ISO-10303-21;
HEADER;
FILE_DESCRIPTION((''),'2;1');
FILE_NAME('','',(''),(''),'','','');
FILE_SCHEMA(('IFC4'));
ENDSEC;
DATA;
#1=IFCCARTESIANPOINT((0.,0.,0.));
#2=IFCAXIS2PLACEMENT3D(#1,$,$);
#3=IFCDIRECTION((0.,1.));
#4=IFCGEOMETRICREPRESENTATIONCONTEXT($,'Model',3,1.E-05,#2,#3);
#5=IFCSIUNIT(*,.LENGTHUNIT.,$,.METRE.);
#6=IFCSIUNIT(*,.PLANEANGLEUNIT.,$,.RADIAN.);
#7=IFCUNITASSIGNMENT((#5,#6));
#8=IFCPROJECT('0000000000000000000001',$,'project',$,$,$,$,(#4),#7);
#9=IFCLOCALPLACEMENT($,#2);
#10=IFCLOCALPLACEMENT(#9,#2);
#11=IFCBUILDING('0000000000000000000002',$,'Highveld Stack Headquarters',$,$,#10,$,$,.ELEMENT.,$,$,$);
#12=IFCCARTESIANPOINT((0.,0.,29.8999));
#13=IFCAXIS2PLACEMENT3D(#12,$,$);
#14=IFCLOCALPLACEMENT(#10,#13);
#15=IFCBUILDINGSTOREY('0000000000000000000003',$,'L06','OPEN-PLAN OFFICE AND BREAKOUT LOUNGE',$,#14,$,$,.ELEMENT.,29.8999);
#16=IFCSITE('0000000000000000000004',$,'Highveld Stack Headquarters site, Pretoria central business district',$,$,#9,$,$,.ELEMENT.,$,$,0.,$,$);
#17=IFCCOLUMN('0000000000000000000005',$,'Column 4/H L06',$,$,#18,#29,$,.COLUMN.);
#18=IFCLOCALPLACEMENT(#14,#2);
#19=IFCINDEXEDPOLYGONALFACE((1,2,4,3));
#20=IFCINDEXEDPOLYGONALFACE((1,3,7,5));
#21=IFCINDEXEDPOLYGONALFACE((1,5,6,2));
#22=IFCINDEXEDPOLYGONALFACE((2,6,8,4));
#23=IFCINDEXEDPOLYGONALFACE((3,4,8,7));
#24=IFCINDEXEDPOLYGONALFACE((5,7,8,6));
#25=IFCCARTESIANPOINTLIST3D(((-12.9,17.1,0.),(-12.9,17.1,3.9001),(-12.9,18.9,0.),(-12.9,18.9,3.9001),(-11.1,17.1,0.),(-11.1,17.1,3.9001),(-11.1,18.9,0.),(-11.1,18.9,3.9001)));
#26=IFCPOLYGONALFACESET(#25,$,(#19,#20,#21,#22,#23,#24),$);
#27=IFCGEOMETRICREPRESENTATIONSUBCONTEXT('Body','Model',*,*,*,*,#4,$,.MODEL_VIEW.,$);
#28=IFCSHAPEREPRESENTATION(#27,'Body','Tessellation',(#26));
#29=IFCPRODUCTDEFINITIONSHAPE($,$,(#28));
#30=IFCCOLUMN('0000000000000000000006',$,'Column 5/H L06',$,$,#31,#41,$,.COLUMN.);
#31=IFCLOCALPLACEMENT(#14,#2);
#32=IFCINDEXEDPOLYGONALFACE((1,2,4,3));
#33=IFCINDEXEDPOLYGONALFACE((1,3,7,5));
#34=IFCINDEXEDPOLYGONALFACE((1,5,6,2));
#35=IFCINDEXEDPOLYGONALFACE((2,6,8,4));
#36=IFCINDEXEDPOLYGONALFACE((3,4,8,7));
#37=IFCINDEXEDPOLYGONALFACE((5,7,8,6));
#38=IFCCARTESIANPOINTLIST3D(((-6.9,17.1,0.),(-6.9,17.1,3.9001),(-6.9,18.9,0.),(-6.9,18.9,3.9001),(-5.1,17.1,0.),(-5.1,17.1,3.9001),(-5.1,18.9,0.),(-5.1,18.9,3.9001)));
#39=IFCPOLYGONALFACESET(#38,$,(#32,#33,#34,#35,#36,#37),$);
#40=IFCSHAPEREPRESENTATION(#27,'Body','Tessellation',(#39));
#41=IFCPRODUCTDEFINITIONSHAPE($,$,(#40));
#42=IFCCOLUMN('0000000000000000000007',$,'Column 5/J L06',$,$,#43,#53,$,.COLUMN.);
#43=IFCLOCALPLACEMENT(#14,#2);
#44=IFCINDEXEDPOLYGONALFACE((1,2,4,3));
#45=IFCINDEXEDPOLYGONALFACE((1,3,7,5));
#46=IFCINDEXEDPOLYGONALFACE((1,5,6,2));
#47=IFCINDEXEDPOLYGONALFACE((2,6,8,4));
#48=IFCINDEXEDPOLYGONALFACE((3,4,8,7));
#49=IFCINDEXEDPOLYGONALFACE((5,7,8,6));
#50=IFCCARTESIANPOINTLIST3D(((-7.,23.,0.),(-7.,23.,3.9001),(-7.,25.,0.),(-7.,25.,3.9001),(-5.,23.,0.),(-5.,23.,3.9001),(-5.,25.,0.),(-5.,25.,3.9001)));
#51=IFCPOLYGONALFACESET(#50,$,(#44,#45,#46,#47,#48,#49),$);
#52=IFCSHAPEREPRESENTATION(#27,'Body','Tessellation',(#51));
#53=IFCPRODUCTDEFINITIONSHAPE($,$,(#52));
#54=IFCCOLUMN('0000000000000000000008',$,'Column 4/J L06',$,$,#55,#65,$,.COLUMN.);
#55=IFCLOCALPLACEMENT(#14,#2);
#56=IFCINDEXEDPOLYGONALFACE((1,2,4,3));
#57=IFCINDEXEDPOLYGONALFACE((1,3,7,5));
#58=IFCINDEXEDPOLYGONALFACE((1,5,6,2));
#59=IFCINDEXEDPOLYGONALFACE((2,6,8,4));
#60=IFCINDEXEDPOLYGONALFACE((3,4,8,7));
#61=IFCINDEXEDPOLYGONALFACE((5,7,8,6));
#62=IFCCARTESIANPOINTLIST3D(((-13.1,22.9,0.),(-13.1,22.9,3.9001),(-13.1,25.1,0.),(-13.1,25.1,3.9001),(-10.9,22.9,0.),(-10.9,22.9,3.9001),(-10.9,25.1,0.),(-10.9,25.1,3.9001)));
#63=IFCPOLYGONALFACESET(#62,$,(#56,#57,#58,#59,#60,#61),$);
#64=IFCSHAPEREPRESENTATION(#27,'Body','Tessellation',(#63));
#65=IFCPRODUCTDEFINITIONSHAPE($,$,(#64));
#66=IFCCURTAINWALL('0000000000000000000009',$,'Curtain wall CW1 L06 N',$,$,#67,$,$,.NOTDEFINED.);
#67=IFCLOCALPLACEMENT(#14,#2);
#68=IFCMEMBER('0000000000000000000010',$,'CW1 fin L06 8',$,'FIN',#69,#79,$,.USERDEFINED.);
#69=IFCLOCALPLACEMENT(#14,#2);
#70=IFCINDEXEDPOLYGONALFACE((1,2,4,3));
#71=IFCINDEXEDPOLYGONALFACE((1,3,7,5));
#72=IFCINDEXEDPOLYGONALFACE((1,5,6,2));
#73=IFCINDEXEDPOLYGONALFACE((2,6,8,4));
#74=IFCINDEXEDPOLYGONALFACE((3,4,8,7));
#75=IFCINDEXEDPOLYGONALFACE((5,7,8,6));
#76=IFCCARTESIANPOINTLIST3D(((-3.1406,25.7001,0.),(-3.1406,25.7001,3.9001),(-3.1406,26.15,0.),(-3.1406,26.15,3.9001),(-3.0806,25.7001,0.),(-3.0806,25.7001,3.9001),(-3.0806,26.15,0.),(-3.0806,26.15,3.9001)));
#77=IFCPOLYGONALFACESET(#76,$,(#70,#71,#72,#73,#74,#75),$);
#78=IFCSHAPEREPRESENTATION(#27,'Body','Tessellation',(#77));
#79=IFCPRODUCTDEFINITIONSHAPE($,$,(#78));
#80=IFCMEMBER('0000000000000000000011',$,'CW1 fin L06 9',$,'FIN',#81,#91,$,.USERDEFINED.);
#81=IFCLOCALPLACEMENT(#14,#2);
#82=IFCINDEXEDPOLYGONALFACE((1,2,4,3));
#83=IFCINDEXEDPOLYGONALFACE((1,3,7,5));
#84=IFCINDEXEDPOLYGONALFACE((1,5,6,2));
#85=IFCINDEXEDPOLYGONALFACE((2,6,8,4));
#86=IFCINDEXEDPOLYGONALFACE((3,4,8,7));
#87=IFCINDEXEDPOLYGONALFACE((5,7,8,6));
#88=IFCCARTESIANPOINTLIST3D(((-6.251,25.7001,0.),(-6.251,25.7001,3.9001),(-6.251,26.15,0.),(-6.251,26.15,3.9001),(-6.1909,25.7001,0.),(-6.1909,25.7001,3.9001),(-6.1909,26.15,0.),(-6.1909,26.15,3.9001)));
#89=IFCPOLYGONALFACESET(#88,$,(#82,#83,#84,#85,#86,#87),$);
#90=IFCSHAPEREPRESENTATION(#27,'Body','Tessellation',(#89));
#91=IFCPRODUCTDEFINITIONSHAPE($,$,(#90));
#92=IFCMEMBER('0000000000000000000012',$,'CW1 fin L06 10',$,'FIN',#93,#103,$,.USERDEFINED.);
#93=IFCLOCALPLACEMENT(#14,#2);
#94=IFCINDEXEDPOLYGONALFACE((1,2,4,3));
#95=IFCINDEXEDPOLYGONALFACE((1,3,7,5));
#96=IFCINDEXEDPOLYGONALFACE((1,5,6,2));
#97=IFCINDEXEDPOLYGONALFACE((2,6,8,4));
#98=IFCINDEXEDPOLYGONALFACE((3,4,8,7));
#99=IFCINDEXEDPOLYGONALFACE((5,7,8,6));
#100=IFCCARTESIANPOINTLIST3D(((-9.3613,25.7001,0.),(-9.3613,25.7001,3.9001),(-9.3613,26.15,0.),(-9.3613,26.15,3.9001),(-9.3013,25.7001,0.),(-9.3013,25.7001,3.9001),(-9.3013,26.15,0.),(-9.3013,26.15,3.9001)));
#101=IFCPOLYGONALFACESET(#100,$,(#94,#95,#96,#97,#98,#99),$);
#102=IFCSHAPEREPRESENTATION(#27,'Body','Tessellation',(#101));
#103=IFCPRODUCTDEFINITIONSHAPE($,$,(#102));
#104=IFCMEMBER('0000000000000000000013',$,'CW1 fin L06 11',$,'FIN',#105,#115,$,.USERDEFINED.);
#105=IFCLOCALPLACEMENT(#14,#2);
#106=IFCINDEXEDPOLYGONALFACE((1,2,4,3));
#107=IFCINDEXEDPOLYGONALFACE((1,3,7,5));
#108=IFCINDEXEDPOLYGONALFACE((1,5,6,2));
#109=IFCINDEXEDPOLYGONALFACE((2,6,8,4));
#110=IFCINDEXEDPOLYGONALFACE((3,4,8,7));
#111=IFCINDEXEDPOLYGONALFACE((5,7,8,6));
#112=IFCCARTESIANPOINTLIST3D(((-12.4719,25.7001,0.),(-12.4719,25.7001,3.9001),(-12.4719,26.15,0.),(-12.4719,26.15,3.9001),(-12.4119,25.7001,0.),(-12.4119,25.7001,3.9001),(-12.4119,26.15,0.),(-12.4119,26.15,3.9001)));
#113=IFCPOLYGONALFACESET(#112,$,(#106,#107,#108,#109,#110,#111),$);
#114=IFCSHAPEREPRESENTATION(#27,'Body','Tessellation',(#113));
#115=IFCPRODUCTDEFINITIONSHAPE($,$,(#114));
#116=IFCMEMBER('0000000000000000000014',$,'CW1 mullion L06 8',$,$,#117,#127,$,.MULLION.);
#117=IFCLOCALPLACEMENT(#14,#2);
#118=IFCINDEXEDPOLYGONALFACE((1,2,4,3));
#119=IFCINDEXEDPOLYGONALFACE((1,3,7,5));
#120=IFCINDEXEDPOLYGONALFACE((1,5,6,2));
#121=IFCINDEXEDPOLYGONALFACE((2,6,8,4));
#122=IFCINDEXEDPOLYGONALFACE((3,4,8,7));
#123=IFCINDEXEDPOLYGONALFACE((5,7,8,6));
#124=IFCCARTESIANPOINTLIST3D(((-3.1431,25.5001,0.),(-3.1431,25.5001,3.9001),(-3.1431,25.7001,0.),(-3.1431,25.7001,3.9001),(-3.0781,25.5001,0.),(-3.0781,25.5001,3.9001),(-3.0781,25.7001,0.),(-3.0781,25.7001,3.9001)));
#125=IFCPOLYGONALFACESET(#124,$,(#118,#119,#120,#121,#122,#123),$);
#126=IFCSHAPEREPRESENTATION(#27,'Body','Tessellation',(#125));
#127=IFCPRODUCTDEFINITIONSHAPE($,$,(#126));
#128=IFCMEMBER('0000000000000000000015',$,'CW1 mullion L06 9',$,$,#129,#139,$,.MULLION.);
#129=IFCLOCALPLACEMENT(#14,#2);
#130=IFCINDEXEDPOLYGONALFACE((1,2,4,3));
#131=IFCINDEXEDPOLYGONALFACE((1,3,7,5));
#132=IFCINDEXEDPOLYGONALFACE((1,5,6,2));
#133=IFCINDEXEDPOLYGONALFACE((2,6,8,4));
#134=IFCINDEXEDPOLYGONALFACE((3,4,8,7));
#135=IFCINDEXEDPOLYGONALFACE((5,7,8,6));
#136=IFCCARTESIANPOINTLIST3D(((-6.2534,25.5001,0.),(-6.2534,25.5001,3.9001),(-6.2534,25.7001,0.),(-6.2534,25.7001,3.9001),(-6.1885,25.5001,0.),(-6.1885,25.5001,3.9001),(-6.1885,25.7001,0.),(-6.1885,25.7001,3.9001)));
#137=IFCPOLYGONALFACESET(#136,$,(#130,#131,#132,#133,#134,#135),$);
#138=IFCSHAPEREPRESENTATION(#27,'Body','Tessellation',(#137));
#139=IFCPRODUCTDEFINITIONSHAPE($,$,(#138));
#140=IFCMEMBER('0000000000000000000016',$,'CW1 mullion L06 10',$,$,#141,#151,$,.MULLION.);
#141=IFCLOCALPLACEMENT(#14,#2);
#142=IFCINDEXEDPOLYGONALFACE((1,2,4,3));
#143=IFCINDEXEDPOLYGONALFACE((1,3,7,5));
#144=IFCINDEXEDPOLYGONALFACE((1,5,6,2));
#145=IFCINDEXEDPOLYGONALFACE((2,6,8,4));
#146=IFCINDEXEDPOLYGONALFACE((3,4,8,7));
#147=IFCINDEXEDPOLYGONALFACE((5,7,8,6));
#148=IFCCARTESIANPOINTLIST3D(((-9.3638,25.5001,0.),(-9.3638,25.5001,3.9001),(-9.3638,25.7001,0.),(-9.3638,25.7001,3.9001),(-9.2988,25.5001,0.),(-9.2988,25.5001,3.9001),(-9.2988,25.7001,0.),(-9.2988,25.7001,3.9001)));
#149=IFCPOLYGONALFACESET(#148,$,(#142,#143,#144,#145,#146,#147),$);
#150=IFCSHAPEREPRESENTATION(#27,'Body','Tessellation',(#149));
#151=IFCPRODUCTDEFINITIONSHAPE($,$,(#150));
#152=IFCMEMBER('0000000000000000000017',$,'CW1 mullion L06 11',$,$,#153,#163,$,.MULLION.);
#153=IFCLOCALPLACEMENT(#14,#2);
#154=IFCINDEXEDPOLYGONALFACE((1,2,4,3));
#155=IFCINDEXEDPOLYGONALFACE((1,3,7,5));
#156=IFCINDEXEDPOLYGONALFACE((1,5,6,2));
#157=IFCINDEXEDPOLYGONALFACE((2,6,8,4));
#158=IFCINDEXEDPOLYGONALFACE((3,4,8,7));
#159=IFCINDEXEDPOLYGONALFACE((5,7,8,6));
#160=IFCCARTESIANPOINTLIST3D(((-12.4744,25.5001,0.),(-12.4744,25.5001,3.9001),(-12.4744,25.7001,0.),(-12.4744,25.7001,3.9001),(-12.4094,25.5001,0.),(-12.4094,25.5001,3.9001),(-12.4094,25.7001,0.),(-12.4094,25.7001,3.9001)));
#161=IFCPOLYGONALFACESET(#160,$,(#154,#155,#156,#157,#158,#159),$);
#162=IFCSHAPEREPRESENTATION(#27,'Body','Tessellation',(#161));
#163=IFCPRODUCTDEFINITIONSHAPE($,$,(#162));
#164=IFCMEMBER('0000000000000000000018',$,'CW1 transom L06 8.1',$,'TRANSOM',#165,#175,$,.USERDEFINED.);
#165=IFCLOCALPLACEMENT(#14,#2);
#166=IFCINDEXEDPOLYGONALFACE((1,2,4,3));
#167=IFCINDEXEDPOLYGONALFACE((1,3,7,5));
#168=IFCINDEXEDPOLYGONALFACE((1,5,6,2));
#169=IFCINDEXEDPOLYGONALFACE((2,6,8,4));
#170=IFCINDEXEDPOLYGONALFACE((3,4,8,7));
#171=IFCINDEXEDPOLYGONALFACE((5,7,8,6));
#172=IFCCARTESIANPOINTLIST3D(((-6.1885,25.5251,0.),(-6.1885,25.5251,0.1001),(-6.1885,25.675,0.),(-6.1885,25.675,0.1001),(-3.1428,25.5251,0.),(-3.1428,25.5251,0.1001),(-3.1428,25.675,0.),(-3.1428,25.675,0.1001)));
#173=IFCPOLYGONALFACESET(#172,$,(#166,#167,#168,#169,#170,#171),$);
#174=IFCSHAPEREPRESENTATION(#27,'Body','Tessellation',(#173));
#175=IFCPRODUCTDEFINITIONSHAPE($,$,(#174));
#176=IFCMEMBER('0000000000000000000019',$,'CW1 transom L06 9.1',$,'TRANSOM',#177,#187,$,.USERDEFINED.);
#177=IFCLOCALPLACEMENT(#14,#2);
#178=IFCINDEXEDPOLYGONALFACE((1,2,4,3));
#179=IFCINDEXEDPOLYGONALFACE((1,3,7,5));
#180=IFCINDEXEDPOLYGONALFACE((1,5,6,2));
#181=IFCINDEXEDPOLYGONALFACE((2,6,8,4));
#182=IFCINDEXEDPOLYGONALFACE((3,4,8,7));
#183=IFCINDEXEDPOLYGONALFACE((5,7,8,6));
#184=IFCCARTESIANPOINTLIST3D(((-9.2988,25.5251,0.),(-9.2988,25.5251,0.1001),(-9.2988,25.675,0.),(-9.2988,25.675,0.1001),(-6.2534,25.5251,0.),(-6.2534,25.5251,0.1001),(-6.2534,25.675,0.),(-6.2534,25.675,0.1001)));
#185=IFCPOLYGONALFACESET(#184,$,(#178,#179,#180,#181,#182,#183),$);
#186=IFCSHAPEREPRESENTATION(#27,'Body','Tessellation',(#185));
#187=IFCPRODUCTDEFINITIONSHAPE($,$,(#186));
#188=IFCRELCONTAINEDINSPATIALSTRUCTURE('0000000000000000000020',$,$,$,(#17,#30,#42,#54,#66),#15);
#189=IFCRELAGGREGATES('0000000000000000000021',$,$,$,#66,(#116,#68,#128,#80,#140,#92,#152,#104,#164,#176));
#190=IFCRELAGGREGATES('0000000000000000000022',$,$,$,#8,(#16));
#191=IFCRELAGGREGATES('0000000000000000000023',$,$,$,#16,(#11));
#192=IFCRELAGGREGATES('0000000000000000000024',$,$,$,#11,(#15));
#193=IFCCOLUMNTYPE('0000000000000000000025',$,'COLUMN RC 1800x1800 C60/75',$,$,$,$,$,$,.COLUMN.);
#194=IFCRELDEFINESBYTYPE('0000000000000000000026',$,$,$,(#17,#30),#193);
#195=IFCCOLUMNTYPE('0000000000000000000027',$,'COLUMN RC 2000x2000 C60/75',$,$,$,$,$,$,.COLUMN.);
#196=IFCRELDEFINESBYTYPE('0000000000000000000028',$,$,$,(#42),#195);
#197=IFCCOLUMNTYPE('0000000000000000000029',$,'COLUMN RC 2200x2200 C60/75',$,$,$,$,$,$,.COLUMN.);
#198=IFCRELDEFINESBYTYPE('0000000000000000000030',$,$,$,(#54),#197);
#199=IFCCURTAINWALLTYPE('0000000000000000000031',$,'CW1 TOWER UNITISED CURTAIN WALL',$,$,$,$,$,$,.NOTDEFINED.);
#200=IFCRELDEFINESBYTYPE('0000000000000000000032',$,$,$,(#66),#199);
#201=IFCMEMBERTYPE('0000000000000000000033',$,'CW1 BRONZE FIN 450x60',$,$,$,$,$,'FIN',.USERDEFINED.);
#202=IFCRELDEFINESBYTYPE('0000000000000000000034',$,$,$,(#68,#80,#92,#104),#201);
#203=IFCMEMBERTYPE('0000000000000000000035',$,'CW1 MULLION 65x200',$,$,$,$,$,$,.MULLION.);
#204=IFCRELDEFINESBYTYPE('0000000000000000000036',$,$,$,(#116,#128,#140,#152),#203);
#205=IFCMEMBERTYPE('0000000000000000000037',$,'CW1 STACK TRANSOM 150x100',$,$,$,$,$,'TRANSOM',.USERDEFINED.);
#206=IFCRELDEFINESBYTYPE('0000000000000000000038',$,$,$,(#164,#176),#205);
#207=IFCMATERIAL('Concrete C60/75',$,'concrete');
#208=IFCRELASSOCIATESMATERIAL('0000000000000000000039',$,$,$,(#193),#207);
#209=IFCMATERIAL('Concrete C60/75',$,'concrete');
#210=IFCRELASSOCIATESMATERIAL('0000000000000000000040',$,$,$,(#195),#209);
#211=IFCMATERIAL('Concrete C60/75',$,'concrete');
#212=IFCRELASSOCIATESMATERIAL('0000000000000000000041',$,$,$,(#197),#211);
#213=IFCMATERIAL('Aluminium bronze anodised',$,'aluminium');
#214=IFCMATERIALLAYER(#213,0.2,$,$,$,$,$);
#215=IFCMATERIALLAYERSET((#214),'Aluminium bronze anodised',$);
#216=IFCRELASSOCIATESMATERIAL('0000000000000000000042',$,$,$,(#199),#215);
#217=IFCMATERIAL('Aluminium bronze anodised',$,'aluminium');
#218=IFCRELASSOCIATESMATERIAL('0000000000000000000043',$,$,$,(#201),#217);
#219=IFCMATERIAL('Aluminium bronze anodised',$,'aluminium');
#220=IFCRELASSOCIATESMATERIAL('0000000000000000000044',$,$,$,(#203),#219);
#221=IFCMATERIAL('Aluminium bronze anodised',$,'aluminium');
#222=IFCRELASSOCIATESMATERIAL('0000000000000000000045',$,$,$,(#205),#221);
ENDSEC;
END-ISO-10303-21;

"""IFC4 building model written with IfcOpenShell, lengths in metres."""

from ifc_helpers import new_model, si_unit, direction, frame, origin, origin_2d, place, context, subcontext, project, spatial, rectangle, extrude, material, layer, layer_set, material_profile, profile_set, type_object, element, aggregate, save


model = new_model("IFC4")

# Units and contexts
model_context = context("Model", 3, precision=1e-05, world=origin(), true_north=direction((0.0, 1.0)))
body_context = subcontext(model_context, "Body", "Model", "MODEL_VIEW")
ifc_project = project(units=[si_unit("LENGTHUNIT", "METRE"), si_unit("PLANEANGLEUNIT", "RADIAN")], contexts=[model_context])

# Site, building, storey
site_placement = place(None, origin())
site = spatial("IfcSite", under=ifc_project, at=site_placement, Name="Highveld Stack Headquarters site, Pretoria central business district", CompositionType="ELEMENT", RefElevation=0.0)
building_placement = place(site_placement, origin())
building = spatial("IfcBuilding", under=site, at=building_placement, Name="Highveld Stack Headquarters", CompositionType="ELEMENT")
storey_placement = place(building_placement, frame((0.0, 0.0, 29.8999)))
storey = spatial("IfcBuildingStorey", under=building, at=storey_placement, Name="L06", Description="OPEN-PLAN OFFICE AND BREAKOUT LOUNGE", CompositionType="ELEMENT", Elevation=29.8999)

# Columns
ifc_material_1 = material(Name="Concrete C60/75", Category="concrete")
ifc_material_profile_1 = material_profile(ifc_material_1, rectangle(XDim=1.8, YDim=1.8, at=origin_2d()), Name="RC 1800x1800")
ifc_profile_set_1 = profile_set([ifc_material_profile_1], Name="Concrete C60/75")
column_type_1 = type_object("IfcColumnType", Name="COLUMN RC 1800x1800 C60/75", PredefinedType="COLUMN", material=ifc_profile_set_1)
for number, where, z_axis, x_axis, name in (
    (1, (-12.0, 18.0, 0.0), (0.0, 0.0, 1.0), (1.0, 0.0, 0.0), "Column 4/H L06"),
    (2, (-6.0, 18.0, 0.0), (0.0, 0.0, 1.0), (1.0, 0.0, 0.0), "Column 5/H L06"),
):
    element("IfcColumn", number, at=place(storey_placement, frame(where, z_axis=z_axis, x_axis=x_axis)), inside=storey, type_object=column_type_1, Name=name, PredefinedType="COLUMN", context=body_context, shape_type="SweptSolid", body=[
        extrude(rectangle(XDim=1.8, YDim=1.8, at=origin_2d()), origin(), (0.0, 0.0, 1.0), 3.9001),
    ])
ifc_material_2 = material(Name="Concrete C60/75", Category="concrete")
ifc_material_profile_2 = material_profile(ifc_material_2, rectangle(XDim=2.0, YDim=2.0, at=origin_2d()), Name="RC 2000x2000")
ifc_profile_set_2 = profile_set([ifc_material_profile_2], Name="Concrete C60/75")
column_type_2 = type_object("IfcColumnType", Name="COLUMN RC 2000x2000 C60/75", PredefinedType="COLUMN", material=ifc_profile_set_2)
column_1_placement = place(storey_placement, frame((-6.0, 24.0, 0.0), z_axis=(0.0, 0.0, 1.0), x_axis=(1.0, 0.0, 0.0)))
element("IfcColumn", 3, at=column_1_placement, inside=storey, type_object=column_type_2, Name="Column 5/J L06", PredefinedType="COLUMN", context=body_context, shape_type="SweptSolid", body=[
    extrude(rectangle(XDim=2.0, YDim=2.0, at=origin_2d()), origin(), (0.0, 0.0, 1.0), 3.9001),
])
ifc_material_3 = material(Name="Concrete C60/75", Category="concrete")
ifc_material_profile_3 = material_profile(ifc_material_3, rectangle(XDim=2.2, YDim=2.2, at=origin_2d()), Name="RC 2200x2200")
ifc_profile_set_3 = profile_set([ifc_material_profile_3], Name="Concrete C60/75")
column_type_3 = type_object("IfcColumnType", Name="COLUMN RC 2200x2200 C60/75", PredefinedType="COLUMN", material=ifc_profile_set_3)
column_2_placement = place(storey_placement, frame((-12.0, 24.0, 0.0), z_axis=(0.0, 0.0, 1.0), x_axis=(1.0, 0.0, 0.0)))
element("IfcColumn", 4, at=column_2_placement, inside=storey, type_object=column_type_3, Name="Column 4/J L06", PredefinedType="COLUMN", context=body_context, shape_type="SweptSolid", body=[
    extrude(rectangle(XDim=2.2, YDim=2.2, at=origin_2d()), origin(), (0.0, 0.0, 1.0), 3.9001),
])

# Curtain wall, members
ifc_material_4 = material(Name="Aluminium bronze anodised", Category="aluminium")
ifc_layer_1 = layer(ifc_material_4, 0.2)
ifc_layer_set_1 = layer_set([ifc_layer_1], Name="Aluminium bronze anodised")
curtain_wall_type = type_object("IfcCurtainWallType", Name="CW1 TOWER UNITISED CURTAIN WALL", PredefinedType="NOTDEFINED", material=ifc_layer_set_1)
curtain_wall_placement = place(storey_placement, origin())
curtain_wall = element("IfcCurtainWall", 5, at=curtain_wall_placement, inside=storey, type_object=curtain_wall_type, Name="Curtain wall CW1 L06 N", PredefinedType="NOTDEFINED")
ifc_material_5 = material(Name="Aluminium bronze anodised", Category="aluminium")
ifc_material_profile_4 = material_profile(ifc_material_5, rectangle(XDim=0.45, YDim=0.0601, at=origin_2d()), Name="FIN 450x60")
ifc_profile_set_4 = profile_set([ifc_material_profile_4], Name="Aluminium bronze anodised")
member_type_1 = type_object("IfcMemberType", Name="CW1 BRONZE FIN 450x60", ElementType="FIN", PredefinedType="USERDEFINED", material=ifc_profile_set_4)
member_1_placement = place(storey_placement, frame((-3.1106, 25.925, 0.0), z_axis=(0.0, 0.0, 1.0), x_axis=(0.0, -1.0, 0.0)))
member_1 = element("IfcMember", 6, at=member_1_placement, type_object=member_type_1, Name="CW1 fin L06 8", ObjectType="FIN", PredefinedType="USERDEFINED", context=body_context, shape_type="SweptSolid", body=[
    extrude(rectangle(XDim=0.45, YDim=0.0601, at=origin_2d()), origin(), (0.0, 0.0, 1.0), 3.9001),
])
member_2_placement = place(storey_placement, frame((-6.2209, 25.925, 0.0), z_axis=(0.0, 0.0, 1.0), x_axis=(0.0, -1.0, 0.0)))
member_2 = element("IfcMember", 7, at=member_2_placement, type_object=member_type_1, Name="CW1 fin L06 9", ObjectType="FIN", PredefinedType="USERDEFINED", context=body_context, shape_type="SweptSolid", body=[
    extrude(rectangle(XDim=0.45, YDim=0.0601, at=origin_2d()), origin(), (0.0, 0.0, 1.0), 3.9001),
])
member_3_placement = place(storey_placement, frame((-9.3313, 25.925, 0.0), z_axis=(0.0, 0.0, 1.0), x_axis=(0.0, -1.0, 0.0)))
member_3 = element("IfcMember", 8, at=member_3_placement, type_object=member_type_1, Name="CW1 fin L06 10", ObjectType="FIN", PredefinedType="USERDEFINED", context=body_context, shape_type="SweptSolid", body=[
    extrude(rectangle(XDim=0.45, YDim=0.0601, at=origin_2d()), origin(), (0.0, 0.0, 1.0), 3.9001),
])
member_4_placement = place(storey_placement, frame((-12.4419, 25.925, 0.0), z_axis=(0.0, 0.0, 1.0), x_axis=(0.0, -1.0, 0.0)))
member_4 = element("IfcMember", 9, at=member_4_placement, type_object=member_type_1, Name="CW1 fin L06 11", ObjectType="FIN", PredefinedType="USERDEFINED", context=body_context, shape_type="SweptSolid", body=[
    extrude(rectangle(XDim=0.45, YDim=0.0601, at=origin_2d()), origin(), (0.0, 0.0, 1.0), 3.9001),
])
ifc_material_6 = material(Name="Aluminium bronze anodised", Category="aluminium")
ifc_material_profile_5 = material_profile(ifc_material_6, rectangle(XDim=0.2, YDim=0.0649, at=origin_2d()), Name="CW1 MULLION 65x200")
ifc_profile_set_5 = profile_set([ifc_material_profile_5], Name="Aluminium bronze anodised")
member_type_2 = type_object("IfcMemberType", Name="CW1 MULLION 65x200", PredefinedType="MULLION", material=ifc_profile_set_5)
member_5_placement = place(storey_placement, frame((-3.1106, 25.6001, 0.0), z_axis=(0.0, 0.0, 1.0), x_axis=(0.0, -1.0, 0.0)))
member_5 = element("IfcMember", 10, at=member_5_placement, type_object=member_type_2, Name="CW1 mullion L06 8", PredefinedType="MULLION", context=body_context, shape_type="SweptSolid", body=[
    extrude(rectangle(XDim=0.2, YDim=0.0649, at=origin_2d()), origin(), (0.0, 0.0, 1.0), 3.9001),
])
member_6_placement = place(storey_placement, frame((-6.2209, 25.6001, 0.0), z_axis=(0.0, 0.0, 1.0), x_axis=(0.0, -1.0, 0.0)))
member_6 = element("IfcMember", 11, at=member_6_placement, type_object=member_type_2, Name="CW1 mullion L06 9", PredefinedType="MULLION", context=body_context, shape_type="SweptSolid", body=[
    extrude(rectangle(XDim=0.2, YDim=0.0649, at=origin_2d()), origin(), (0.0, 0.0, 1.0), 3.9001),
])
member_7_placement = place(storey_placement, frame((-9.3313, 25.6001, 0.0), z_axis=(0.0, 0.0, 1.0), x_axis=(0.0, -1.0, 0.0)))
member_7 = element("IfcMember", 12, at=member_7_placement, type_object=member_type_2, Name="CW1 mullion L06 10", PredefinedType="MULLION", context=body_context, shape_type="SweptSolid", body=[
    extrude(rectangle(XDim=0.2, YDim=0.0649, at=origin_2d()), origin(), (0.0, 0.0, 1.0), 3.9001),
])
member_8_placement = place(storey_placement, frame((-12.4419, 25.6001, 0.0), z_axis=(0.0, 0.0, 1.0), x_axis=(0.0, -1.0, 0.0)))
member_8 = element("IfcMember", 13, at=member_8_placement, type_object=member_type_2, Name="CW1 mullion L06 11", PredefinedType="MULLION", context=body_context, shape_type="SweptSolid", body=[
    extrude(rectangle(XDim=0.2, YDim=0.0649, at=origin_2d()), origin(), (0.0, 0.0, 1.0), 3.9001),
])
ifc_material_7 = material(Name="Aluminium bronze anodised", Category="aluminium")
ifc_material_profile_6 = material_profile(ifc_material_7, rectangle(XDim=0.1499, YDim=0.1001, at=origin_2d()), Name="CW1 TRANSOM 150x100")
ifc_profile_set_6 = profile_set([ifc_material_profile_6], Name="Aluminium bronze anodised")
member_type_3 = type_object("IfcMemberType", Name="CW1 STACK TRANSOM 150x100", ElementType="TRANSOM", PredefinedType="USERDEFINED", material=ifc_profile_set_6)
member_9_placement = place(storey_placement, frame((-3.1428, 25.6001, 0.05), z_axis=(-1.0, 0.0, 0.0), x_axis=(0.0, -1.0, 0.0)))
member_9 = element("IfcMember", 14, at=member_9_placement, type_object=member_type_3, Name="CW1 transom L06 8.1", ObjectType="TRANSOM", PredefinedType="USERDEFINED", context=body_context, shape_type="SweptSolid", body=[
    extrude(rectangle(XDim=0.1499, YDim=0.1001, at=origin_2d()), origin(), (0.0, 0.0, 1.0), 3.0457),
])
member_10_placement = place(storey_placement, frame((-6.2534, 25.6001, 0.05), z_axis=(-1.0, 0.0, 0.0), x_axis=(0.0, -1.0, 0.0)))
member_10 = element("IfcMember", 15, at=member_10_placement, type_object=member_type_3, Name="CW1 transom L06 9.1", ObjectType="TRANSOM", PredefinedType="USERDEFINED", context=body_context, shape_type="SweptSolid", body=[
    extrude(rectangle(XDim=0.1499, YDim=0.1001, at=origin_2d()), origin(), (0.0, 0.0, 1.0), 3.0454),
])
aggregate(curtain_wall, [member_5, member_1, member_6, member_2, member_7, member_3, member_8, member_4, member_9, member_10])

save(model, "model.ifc")
